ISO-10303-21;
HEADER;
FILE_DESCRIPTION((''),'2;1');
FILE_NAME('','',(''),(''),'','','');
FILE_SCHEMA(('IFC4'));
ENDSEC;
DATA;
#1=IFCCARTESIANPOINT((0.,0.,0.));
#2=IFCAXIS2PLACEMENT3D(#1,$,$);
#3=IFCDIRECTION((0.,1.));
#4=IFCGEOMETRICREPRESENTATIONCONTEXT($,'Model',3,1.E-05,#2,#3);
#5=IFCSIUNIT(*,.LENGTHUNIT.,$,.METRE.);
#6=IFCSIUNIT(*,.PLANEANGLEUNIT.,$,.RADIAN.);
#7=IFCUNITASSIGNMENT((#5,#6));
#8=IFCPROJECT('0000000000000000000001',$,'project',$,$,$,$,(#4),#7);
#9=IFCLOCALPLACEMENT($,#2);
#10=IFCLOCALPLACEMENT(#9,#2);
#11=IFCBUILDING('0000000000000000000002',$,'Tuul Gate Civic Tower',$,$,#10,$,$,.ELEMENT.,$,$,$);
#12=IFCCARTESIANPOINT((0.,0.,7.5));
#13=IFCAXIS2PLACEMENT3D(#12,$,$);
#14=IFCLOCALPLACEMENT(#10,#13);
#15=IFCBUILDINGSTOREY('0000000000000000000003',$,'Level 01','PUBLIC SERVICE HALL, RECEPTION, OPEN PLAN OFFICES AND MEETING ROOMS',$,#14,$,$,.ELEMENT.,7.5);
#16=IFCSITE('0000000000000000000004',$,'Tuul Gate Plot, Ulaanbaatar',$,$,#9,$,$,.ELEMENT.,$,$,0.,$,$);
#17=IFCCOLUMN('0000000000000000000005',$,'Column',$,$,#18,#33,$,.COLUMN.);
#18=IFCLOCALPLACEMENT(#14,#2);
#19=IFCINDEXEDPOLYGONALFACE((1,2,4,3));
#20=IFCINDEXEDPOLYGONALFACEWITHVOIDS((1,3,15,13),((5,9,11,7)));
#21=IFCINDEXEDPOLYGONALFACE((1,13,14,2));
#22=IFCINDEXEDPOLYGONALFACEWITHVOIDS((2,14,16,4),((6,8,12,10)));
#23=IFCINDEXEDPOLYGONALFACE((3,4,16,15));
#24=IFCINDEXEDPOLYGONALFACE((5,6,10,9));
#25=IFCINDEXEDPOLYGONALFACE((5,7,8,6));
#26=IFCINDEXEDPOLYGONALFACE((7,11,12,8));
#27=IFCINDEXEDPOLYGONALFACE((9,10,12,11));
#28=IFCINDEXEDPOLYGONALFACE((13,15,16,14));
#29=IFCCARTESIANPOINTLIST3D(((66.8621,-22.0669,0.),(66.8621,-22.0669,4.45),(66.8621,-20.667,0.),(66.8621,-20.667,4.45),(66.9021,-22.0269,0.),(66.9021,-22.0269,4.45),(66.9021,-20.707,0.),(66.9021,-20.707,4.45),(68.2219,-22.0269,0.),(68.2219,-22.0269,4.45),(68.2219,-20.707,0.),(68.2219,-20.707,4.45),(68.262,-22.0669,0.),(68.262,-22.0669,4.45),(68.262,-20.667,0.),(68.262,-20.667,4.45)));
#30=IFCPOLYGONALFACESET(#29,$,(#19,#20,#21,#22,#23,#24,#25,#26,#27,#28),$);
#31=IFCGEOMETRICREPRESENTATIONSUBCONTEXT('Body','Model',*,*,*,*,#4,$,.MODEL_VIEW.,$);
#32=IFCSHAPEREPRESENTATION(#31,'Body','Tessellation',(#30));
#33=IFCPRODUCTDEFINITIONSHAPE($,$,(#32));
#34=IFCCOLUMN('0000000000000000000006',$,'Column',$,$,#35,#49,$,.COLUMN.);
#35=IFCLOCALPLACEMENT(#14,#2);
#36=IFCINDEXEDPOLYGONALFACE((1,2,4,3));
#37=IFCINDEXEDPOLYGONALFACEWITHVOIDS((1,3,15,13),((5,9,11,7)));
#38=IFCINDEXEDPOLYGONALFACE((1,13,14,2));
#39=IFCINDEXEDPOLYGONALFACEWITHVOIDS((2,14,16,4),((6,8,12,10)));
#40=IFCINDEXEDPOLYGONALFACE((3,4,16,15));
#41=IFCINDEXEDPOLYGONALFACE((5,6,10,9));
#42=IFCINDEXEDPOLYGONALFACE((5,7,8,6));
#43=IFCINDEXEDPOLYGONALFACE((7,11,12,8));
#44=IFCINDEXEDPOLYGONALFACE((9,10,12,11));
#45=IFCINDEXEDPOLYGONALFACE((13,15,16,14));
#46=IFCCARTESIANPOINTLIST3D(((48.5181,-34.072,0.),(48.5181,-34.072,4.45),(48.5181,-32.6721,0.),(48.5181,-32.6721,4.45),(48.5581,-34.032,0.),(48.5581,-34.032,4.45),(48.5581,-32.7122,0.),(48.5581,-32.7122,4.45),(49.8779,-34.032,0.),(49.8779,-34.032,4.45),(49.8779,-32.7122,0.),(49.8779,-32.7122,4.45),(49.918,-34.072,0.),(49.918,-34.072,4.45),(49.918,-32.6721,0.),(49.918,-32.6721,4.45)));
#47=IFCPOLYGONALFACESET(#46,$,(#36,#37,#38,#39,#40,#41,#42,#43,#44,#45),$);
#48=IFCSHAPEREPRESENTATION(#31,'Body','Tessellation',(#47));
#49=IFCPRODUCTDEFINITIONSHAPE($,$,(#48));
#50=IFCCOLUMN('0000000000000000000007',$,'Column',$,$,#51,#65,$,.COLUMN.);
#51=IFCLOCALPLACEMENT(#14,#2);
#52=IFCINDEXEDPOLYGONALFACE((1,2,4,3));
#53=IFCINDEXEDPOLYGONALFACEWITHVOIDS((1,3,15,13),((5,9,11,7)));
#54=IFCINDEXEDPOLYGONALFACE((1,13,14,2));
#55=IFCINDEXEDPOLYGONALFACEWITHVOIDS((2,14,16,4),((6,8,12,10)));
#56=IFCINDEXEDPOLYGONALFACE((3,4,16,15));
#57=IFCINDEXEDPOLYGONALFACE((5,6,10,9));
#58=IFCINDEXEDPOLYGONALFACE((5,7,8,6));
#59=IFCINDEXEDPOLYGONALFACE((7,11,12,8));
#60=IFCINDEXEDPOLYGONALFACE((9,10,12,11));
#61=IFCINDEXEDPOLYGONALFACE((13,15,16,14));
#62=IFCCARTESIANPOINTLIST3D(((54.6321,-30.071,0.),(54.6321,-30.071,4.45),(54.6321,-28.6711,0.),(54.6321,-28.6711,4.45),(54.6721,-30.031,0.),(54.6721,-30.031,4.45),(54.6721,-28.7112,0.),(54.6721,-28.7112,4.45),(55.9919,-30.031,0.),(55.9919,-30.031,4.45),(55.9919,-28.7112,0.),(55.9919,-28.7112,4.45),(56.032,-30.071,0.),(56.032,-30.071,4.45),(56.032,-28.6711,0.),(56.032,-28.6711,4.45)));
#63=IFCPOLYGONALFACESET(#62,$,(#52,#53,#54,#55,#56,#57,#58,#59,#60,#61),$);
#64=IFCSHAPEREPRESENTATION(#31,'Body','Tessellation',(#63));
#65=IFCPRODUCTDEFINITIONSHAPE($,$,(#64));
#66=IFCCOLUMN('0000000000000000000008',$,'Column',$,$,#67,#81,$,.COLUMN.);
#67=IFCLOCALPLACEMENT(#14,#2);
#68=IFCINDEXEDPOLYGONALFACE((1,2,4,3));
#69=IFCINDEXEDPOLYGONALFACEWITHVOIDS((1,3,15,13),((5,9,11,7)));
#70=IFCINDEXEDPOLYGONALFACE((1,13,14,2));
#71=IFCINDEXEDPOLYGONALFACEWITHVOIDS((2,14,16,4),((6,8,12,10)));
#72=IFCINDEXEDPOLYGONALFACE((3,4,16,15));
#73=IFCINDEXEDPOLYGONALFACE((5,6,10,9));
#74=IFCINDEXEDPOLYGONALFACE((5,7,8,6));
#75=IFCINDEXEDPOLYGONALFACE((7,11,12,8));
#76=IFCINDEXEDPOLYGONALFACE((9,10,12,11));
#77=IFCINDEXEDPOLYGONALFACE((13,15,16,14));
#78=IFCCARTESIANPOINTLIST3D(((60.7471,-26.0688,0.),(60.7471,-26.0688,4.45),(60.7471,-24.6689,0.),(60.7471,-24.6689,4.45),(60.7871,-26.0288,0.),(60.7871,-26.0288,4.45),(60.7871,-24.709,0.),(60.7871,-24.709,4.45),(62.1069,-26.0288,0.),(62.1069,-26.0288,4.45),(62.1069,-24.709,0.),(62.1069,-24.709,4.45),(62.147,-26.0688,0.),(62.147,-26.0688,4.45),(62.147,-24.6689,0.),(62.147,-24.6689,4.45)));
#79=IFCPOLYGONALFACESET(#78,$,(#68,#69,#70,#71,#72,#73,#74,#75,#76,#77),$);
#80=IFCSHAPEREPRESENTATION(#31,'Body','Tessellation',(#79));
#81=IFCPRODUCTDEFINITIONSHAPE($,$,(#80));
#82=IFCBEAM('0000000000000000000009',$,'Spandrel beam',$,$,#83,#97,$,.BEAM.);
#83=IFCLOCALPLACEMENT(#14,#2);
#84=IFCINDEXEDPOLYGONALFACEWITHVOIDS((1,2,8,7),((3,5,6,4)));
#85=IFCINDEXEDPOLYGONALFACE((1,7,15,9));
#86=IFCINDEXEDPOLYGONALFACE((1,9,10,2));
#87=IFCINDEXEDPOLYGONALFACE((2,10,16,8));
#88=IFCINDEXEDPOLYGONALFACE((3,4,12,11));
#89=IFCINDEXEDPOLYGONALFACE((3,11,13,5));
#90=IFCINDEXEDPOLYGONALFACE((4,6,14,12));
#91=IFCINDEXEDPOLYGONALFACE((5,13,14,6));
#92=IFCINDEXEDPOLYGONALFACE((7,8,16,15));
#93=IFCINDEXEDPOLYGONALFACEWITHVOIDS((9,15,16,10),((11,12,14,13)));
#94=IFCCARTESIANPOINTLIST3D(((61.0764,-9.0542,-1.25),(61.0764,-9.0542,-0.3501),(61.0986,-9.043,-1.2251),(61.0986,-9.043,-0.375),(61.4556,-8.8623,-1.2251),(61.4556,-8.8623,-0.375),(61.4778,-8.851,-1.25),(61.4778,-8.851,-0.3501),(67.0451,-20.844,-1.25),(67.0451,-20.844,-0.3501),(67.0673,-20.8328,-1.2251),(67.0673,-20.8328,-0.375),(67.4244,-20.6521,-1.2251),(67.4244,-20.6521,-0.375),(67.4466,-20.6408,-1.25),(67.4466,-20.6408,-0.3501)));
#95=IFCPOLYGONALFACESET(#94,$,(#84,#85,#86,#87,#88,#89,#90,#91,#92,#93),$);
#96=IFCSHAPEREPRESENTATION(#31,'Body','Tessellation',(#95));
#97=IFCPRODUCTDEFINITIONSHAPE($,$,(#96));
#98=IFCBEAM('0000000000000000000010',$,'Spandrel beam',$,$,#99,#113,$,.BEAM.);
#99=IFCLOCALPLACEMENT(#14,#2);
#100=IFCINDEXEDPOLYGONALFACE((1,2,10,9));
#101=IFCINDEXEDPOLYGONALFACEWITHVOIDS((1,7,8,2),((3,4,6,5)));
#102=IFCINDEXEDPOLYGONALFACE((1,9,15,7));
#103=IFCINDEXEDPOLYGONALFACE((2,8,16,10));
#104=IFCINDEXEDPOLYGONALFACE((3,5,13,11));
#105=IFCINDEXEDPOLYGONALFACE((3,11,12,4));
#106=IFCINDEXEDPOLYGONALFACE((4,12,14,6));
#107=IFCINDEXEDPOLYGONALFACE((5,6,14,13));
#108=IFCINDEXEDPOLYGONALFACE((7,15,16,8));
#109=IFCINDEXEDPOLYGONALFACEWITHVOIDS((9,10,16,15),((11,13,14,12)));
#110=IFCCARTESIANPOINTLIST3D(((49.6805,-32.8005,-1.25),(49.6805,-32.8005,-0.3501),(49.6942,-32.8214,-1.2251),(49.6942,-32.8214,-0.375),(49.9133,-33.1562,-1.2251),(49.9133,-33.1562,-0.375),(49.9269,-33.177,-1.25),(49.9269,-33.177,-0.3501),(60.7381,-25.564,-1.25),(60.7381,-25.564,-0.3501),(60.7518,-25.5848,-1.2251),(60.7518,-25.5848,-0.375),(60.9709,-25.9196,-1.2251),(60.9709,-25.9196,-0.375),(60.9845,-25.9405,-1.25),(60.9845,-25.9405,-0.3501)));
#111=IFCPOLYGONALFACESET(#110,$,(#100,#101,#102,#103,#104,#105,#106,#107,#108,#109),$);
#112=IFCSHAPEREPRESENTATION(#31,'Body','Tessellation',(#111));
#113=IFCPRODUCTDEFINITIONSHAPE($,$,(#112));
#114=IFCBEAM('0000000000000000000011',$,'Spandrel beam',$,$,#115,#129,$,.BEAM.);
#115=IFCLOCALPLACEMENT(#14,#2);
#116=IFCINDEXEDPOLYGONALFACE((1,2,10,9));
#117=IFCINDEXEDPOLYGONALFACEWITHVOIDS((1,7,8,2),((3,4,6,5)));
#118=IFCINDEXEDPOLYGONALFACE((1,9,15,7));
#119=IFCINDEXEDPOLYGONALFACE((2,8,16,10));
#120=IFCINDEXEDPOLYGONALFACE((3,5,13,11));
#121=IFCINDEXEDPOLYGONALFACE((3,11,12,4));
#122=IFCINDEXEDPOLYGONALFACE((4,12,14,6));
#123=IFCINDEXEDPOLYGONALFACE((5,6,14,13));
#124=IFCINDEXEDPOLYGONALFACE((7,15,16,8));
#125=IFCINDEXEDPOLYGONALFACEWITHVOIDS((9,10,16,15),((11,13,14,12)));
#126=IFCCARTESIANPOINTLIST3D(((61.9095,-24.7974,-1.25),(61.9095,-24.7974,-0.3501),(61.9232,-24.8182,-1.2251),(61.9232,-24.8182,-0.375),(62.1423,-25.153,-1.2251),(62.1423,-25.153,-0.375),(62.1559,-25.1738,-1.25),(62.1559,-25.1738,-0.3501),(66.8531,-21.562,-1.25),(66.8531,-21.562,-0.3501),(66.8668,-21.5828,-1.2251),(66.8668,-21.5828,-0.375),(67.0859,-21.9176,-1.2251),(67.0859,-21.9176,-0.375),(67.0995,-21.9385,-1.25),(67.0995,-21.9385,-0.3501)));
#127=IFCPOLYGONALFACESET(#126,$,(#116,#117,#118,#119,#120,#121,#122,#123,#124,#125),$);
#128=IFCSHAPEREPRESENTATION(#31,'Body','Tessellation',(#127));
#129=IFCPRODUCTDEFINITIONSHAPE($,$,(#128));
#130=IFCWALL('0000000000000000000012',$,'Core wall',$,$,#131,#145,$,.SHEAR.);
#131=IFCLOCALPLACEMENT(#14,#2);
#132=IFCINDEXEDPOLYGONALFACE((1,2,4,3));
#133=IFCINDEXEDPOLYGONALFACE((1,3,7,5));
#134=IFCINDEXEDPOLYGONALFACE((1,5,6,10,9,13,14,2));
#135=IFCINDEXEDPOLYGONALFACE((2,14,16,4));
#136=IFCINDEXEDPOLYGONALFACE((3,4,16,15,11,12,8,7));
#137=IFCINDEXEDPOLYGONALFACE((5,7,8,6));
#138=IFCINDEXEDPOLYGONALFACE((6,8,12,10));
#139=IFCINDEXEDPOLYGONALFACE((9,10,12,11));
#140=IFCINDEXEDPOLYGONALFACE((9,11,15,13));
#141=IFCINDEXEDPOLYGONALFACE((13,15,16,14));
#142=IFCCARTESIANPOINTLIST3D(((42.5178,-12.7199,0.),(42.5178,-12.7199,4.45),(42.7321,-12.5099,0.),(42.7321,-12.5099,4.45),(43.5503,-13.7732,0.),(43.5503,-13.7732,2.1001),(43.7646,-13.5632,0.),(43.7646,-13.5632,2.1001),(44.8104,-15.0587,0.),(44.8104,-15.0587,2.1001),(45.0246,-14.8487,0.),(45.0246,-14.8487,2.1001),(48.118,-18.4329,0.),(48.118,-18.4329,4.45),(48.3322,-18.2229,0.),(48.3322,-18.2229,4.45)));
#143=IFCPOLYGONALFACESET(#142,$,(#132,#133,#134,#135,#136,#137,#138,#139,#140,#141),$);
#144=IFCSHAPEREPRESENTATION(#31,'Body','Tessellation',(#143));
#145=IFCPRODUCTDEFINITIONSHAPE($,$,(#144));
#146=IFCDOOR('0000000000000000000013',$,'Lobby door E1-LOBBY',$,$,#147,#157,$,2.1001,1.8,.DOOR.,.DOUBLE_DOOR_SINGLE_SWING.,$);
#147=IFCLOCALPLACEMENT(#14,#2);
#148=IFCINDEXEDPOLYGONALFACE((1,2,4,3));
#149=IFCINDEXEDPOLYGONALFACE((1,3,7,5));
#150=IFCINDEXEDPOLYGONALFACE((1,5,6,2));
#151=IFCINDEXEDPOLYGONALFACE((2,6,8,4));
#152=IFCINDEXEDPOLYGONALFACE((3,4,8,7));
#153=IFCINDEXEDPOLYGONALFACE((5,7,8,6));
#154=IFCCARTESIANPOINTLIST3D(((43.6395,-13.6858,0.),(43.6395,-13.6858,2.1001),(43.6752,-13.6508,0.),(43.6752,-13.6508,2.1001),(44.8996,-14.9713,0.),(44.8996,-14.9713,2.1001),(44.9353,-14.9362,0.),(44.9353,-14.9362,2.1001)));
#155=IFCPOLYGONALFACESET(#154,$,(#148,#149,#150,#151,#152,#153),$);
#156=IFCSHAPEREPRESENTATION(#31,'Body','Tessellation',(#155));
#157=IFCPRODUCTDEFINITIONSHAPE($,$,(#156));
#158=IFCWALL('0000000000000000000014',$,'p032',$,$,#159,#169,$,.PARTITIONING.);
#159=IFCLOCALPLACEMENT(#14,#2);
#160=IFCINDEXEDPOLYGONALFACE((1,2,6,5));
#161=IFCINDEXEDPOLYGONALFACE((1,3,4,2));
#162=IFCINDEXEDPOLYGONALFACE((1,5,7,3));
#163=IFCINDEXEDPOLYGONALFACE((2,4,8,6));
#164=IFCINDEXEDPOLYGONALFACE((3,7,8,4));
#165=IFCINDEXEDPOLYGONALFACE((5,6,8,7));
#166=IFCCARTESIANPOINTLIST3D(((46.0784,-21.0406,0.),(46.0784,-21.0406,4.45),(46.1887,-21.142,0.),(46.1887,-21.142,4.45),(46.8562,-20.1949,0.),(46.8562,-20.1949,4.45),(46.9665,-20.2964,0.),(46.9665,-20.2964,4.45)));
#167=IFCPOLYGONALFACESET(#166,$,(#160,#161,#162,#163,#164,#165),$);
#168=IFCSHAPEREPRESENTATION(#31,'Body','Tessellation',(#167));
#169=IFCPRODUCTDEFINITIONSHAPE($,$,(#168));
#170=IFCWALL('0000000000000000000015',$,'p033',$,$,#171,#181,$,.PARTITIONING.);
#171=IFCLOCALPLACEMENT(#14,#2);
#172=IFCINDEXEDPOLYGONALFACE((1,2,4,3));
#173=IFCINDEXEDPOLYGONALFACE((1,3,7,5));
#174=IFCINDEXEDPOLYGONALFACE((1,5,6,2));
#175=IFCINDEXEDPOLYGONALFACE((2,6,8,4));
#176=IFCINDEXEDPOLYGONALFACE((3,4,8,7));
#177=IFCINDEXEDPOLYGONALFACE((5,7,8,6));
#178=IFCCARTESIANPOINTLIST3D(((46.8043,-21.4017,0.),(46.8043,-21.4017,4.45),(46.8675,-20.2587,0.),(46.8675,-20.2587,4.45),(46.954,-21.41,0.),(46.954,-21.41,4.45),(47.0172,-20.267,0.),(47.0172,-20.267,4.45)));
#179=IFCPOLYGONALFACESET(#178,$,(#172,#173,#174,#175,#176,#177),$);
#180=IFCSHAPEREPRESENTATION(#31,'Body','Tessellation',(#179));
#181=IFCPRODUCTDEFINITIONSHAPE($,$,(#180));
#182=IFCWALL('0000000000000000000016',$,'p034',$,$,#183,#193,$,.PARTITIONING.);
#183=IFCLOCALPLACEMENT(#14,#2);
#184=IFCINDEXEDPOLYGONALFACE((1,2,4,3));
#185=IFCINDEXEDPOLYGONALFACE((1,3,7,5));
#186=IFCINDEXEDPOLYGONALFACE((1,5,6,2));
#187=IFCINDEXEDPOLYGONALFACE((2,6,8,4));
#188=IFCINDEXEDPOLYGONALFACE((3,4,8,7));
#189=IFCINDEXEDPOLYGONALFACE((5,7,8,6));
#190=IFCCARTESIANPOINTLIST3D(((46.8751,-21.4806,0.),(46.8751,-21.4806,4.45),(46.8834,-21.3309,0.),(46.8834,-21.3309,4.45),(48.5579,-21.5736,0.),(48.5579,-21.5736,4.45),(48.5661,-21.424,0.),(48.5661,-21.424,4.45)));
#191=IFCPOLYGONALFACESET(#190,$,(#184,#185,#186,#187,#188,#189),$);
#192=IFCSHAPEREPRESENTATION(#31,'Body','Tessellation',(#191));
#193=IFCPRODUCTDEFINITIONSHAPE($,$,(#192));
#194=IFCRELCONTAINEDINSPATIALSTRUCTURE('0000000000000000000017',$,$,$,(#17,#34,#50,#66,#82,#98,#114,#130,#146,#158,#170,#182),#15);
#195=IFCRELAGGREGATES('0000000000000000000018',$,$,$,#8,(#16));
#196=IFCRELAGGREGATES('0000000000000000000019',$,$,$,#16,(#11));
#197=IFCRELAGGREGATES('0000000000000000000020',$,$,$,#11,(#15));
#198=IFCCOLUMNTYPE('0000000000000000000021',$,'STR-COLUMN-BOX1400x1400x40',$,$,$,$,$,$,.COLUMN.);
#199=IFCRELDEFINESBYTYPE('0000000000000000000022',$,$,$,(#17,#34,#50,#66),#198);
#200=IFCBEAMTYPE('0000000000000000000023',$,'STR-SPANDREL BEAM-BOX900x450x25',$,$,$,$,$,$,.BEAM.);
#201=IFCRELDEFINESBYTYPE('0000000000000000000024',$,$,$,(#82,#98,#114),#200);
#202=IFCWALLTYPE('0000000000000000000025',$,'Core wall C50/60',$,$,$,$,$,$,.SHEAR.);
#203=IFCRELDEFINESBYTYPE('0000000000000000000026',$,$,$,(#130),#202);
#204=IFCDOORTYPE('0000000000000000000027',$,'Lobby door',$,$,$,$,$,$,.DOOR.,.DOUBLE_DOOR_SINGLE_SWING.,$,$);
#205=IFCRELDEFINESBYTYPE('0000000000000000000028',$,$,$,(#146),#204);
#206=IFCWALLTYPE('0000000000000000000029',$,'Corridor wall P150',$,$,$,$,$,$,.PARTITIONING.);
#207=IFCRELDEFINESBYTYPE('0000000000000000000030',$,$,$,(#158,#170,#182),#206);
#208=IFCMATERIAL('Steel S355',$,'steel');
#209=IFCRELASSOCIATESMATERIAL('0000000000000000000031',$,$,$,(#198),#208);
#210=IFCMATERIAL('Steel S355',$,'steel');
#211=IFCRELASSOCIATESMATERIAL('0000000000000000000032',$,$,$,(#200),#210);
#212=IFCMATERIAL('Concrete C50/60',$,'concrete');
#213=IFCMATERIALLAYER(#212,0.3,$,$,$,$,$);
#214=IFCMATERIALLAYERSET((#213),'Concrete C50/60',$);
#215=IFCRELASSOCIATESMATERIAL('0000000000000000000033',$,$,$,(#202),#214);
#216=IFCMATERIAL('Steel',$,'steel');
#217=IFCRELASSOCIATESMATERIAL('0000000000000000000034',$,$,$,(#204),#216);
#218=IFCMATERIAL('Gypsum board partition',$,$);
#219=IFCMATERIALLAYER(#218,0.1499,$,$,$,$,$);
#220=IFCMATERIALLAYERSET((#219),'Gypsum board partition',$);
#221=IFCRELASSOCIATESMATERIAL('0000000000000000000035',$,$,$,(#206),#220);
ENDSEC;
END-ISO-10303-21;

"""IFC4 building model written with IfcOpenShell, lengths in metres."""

from ifc_helpers import new_model, si_unit, direction, frame, frame_2d, origin, origin_2d, place, context, subcontext, project, spatial, rectangle, hollow_rectangle, extrude, material, layer, layer_set, material_profile, profile_set, type_object, element, fill, save


model = new_model("IFC4")

# Units and contexts
model_context = context("Model", 3, precision=1e-05, world=origin(), true_north=direction((0.0, 1.0)))
body_context = subcontext(model_context, "Body", "Model", "MODEL_VIEW")
ifc_project = project(units=[si_unit("LENGTHUNIT", "METRE"), si_unit("PLANEANGLEUNIT", "RADIAN")], contexts=[model_context])

# Site, building, storey
site_placement = place(None, origin())
site = spatial("IfcSite", under=ifc_project, at=site_placement, Name="Tuul Gate Plot, Ulaanbaatar", CompositionType="ELEMENT", RefElevation=0.0)
building_placement = place(site_placement, origin())
building = spatial("IfcBuilding", under=site, at=building_placement, Name="Tuul Gate Civic Tower", CompositionType="ELEMENT")
storey_placement = place(building_placement, frame((0.0, 0.0, 7.5)))
storey = spatial("IfcBuildingStorey", under=building, at=storey_placement, Name="Level 01", Description="PUBLIC SERVICE HALL, RECEPTION, OPEN PLAN OFFICES AND MEETING ROOMS", CompositionType="ELEMENT", Elevation=7.5)

# Columns
ifc_material_1 = material(Name="Steel S355", Category="steel")
ifc_material_profile_1 = material_profile(ifc_material_1, hollow_rectangle(XDim=1.3999, YDim=1.3999, WallThickness=0.04, at=origin_2d()), Name="BOX1400x1400x40")
ifc_profile_set_1 = profile_set([ifc_material_profile_1], Name="Steel S355")
column_type = type_object("IfcColumnType", Name="STR-COLUMN-BOX1400x1400x40", PredefinedType="COLUMN", material=ifc_profile_set_1)
for number, where, z_axis, x_axis, name in (
    (1, (67.562, -21.3669, 0.0), (0.0, 0.0, 1.0), (1.0, 0.0, 0.0), "Column"),
    (2, (49.218, -33.3721, 0.0), (0.0, 0.0, 1.0), (1.0, 0.0, 0.0), "Column"),
    (3, (55.332, -29.3711, 0.0), (0.0, 0.0, 1.0), (1.0, 0.0, 0.0), "Column"),
    (4, (61.447, -25.3689, 0.0), (0.0, 0.0, 1.0), (1.0, 0.0, 0.0), "Column"),
):
    element("IfcColumn", number, at=place(storey_placement, frame(where, z_axis=z_axis, x_axis=x_axis)), inside=storey, type_object=column_type, Name=name, PredefinedType="COLUMN", context=body_context, shape_type="SweptSolid", body=[
        extrude(hollow_rectangle(XDim=1.3999, YDim=1.3999, WallThickness=0.04, at=origin_2d()), origin(), (0.0, 0.0, 1.0), 4.45),
    ])

# Beams
ifc_material_2 = material(Name="Steel S355", Category="steel")
ifc_material_profile_2 = material_profile(ifc_material_2, hollow_rectangle(XDim=0.45, YDim=0.8999, WallThickness=0.0249, at=origin_2d()), Name="BOX900x450x25")
ifc_profile_set_2 = profile_set([ifc_material_profile_2], Name="Steel S355")
beam_type = type_object("IfcBeamType", Name="STR-SPANDREL BEAM-BOX900x450x25", PredefinedType="BEAM", material=ifc_profile_set_2)
beam_1_placement = place(storey_placement, frame((67.2458, -20.7424, -0.8), z_axis=(-0.451679, 0.892181, 0.0), x_axis=(-0.892181, -0.451679, 0.0)))
element("IfcBeam", 5, at=beam_1_placement, inside=storey, type_object=beam_type, Name="Spandrel beam", PredefinedType="BEAM", context=body_context, shape_type="SweptSolid", body=[
    extrude(hollow_rectangle(XDim=0.45, YDim=0.8999, WallThickness=0.0249, at=origin_2d()), origin(), (0.0, 0.0, 1.0), 13.2146),
])
beam_2_placement = place(storey_placement, frame((49.8037, -32.9888, -0.8), z_axis=(0.836741, 0.547599, 0.0), x_axis=(-0.547599, 0.836741, 0.0)))
element("IfcBeam", 6, at=beam_2_placement, inside=storey, type_object=beam_type, Name="Spandrel beam", PredefinedType="BEAM", context=body_context, shape_type="SweptSolid", body=[
    extrude(hollow_rectangle(XDim=0.45, YDim=0.8999, WallThickness=0.0249, at=origin_2d()), origin(), (0.0, 0.0, 1.0), 13.2151),
])
beam_3_placement = place(storey_placement, frame((62.0327, -24.9856, -0.8), z_axis=(0.836737, 0.547604, 0.0), x_axis=(-0.547604, 0.836737, 0.0)))
element("IfcBeam", 7, at=beam_3_placement, inside=storey, type_object=beam_type, Name="Spandrel beam", PredefinedType="BEAM", context=body_context, shape_type="SweptSolid", body=[
    extrude(hollow_rectangle(XDim=0.45, YDim=0.8999, WallThickness=0.0249, at=origin_2d()), origin(), (0.0, 0.0, 1.0), 5.9082),
])

# Wall, opening, door
ifc_material_3 = material(Name="Concrete C50/60", Category="concrete")
ifc_layer_1 = layer(ifc_material_3, 0.3)
ifc_layer_set_1 = layer_set([ifc_layer_1], Name="Concrete C50/60")
wall_type_1 = type_object("IfcWallType", Name="Core wall C50/60", PredefinedType="SHEAR", material=ifc_layer_set_1)
wall_1_placement = place(storey_placement, frame((48.2251, -18.3279, 0.0), z_axis=(0.0, 0.0, 1.0), x_axis=(-0.700022, 0.714121, 0.0)))
wall_1 = element("IfcWall", 8, at=wall_1_placement, inside=storey, type_object=wall_type_1, Name="Core wall", PredefinedType="SHEAR", context=body_context, shape_type="SweptSolid", body=[
    extrude(rectangle(XDim=8.0, YDim=0.3, at=frame_2d((4.0, 0.0))), origin(), (0.0, 0.0, 1.0), 4.45),
])
opening_1_placement = place(wall_1_placement, frame((4.7251, 0.0, 0.0)))
opening_1 = element("IfcOpeningElement", 9, at=opening_1_placement, cuts=wall_1, PredefinedType="OPENING", context=body_context, shape_type="SweptSolid", body=[
    extrude(rectangle(XDim=1.8, YDim=2.1001, at=frame_2d((0.8999, 1.05))), frame((0.0, 0.1602, 0.0), z_axis=(0.0, -1.0, 0.0), x_axis=(1.0, 0.0, 0.0)), (0.0, 0.0, 1.0), 0.3201),
])
ifc_material_4 = material(Name="Steel", Category="steel")
door_type_1 = type_object("IfcDoorType", Name="Lobby door", OperationType="DOUBLE_DOOR_SINGLE_SWING", PredefinedType="DOOR", material=ifc_material_4)
door_1_placement = place(opening_1_placement, frame((1.8, 0.0, 0.0), z_axis=(0.0, 0.0, 1.0), x_axis=(-1.0, 0.0, 0.0)))
door_1 = element("IfcDoor", 10, at=door_1_placement, inside=storey, type_object=door_type_1, Name="Lobby door E1-LOBBY", OperationType="DOUBLE_DOOR_SINGLE_SWING", OverallHeight=2.1001, OverallWidth=1.8, PredefinedType="DOOR", context=body_context, shape_type="SweptSolid", body=[
    extrude(rectangle(XDim=1.8, YDim=2.1001, at=frame_2d((0.9001, 1.05))), frame((0.0, 0.0249, 0.0), z_axis=(0.0, -1.0, 0.0), x_axis=(1.0, 0.0, 0.0)), (0.0, 0.0, 1.0), 0.05),
])
fill(opening_1, door_1)

# Walls
ifc_material_5 = material(Name="Gypsum board partition")
ifc_layer_2 = layer(ifc_material_5, 0.1499)
ifc_layer_set_2 = layer_set([ifc_layer_2], Name="Gypsum board partition")
wall_type_2 = type_object("IfcWallType", Name="Corridor wall P150", PredefinedType="PARTITIONING", material=ifc_layer_set_2)
wall_2_placement = place(storey_placement, frame((46.1335, -21.0913, 0.0), z_axis=(0.0, 0.0, 1.0), x_axis=(0.676955, 0.736024, 0.0)))
element("IfcWall", 11, at=wall_2_placement, inside=storey, type_object=wall_type_2, Name="p032", PredefinedType="PARTITIONING", context=body_context, shape_type="SweptSolid", body=[
    extrude(rectangle(XDim=1.1489, YDim=0.1499, at=frame_2d((0.5745, 0.0))), origin(), (0.0, 0.0, 1.0), 4.45),
])
wall_3_placement = place(storey_placement, frame((46.8792, -21.4058, 0.0), z_axis=(0.0, 0.0, 1.0), x_axis=(0.055234, 0.998473, 0.0)))
element("IfcWall", 12, at=wall_3_placement, inside=storey, type_object=wall_type_2, Name="p033", PredefinedType="PARTITIONING", context=body_context, shape_type="SweptSolid", body=[
    extrude(rectangle(XDim=1.1448, YDim=0.1499, at=frame_2d((0.5723, 0.0))), origin(), (0.0, 0.0, 1.0), 4.45),
])
wall_4_placement = place(storey_placement, frame((46.8792, -21.4058, 0.0), z_axis=(0.0, 0.0, 1.0), x_axis=(0.998475, -0.055197, 0.0)))
element("IfcWall", 13, at=wall_4_placement, inside=storey, type_object=wall_type_2, Name="p034", PredefinedType="PARTITIONING", context=body_context, shape_type="SweptSolid", body=[
    extrude(rectangle(XDim=1.6853, YDim=0.1499, at=frame_2d((0.8428, 0.0))), origin(), (0.0, 0.0, 1.0), 4.45),
])

save(model, "model.ifc")
